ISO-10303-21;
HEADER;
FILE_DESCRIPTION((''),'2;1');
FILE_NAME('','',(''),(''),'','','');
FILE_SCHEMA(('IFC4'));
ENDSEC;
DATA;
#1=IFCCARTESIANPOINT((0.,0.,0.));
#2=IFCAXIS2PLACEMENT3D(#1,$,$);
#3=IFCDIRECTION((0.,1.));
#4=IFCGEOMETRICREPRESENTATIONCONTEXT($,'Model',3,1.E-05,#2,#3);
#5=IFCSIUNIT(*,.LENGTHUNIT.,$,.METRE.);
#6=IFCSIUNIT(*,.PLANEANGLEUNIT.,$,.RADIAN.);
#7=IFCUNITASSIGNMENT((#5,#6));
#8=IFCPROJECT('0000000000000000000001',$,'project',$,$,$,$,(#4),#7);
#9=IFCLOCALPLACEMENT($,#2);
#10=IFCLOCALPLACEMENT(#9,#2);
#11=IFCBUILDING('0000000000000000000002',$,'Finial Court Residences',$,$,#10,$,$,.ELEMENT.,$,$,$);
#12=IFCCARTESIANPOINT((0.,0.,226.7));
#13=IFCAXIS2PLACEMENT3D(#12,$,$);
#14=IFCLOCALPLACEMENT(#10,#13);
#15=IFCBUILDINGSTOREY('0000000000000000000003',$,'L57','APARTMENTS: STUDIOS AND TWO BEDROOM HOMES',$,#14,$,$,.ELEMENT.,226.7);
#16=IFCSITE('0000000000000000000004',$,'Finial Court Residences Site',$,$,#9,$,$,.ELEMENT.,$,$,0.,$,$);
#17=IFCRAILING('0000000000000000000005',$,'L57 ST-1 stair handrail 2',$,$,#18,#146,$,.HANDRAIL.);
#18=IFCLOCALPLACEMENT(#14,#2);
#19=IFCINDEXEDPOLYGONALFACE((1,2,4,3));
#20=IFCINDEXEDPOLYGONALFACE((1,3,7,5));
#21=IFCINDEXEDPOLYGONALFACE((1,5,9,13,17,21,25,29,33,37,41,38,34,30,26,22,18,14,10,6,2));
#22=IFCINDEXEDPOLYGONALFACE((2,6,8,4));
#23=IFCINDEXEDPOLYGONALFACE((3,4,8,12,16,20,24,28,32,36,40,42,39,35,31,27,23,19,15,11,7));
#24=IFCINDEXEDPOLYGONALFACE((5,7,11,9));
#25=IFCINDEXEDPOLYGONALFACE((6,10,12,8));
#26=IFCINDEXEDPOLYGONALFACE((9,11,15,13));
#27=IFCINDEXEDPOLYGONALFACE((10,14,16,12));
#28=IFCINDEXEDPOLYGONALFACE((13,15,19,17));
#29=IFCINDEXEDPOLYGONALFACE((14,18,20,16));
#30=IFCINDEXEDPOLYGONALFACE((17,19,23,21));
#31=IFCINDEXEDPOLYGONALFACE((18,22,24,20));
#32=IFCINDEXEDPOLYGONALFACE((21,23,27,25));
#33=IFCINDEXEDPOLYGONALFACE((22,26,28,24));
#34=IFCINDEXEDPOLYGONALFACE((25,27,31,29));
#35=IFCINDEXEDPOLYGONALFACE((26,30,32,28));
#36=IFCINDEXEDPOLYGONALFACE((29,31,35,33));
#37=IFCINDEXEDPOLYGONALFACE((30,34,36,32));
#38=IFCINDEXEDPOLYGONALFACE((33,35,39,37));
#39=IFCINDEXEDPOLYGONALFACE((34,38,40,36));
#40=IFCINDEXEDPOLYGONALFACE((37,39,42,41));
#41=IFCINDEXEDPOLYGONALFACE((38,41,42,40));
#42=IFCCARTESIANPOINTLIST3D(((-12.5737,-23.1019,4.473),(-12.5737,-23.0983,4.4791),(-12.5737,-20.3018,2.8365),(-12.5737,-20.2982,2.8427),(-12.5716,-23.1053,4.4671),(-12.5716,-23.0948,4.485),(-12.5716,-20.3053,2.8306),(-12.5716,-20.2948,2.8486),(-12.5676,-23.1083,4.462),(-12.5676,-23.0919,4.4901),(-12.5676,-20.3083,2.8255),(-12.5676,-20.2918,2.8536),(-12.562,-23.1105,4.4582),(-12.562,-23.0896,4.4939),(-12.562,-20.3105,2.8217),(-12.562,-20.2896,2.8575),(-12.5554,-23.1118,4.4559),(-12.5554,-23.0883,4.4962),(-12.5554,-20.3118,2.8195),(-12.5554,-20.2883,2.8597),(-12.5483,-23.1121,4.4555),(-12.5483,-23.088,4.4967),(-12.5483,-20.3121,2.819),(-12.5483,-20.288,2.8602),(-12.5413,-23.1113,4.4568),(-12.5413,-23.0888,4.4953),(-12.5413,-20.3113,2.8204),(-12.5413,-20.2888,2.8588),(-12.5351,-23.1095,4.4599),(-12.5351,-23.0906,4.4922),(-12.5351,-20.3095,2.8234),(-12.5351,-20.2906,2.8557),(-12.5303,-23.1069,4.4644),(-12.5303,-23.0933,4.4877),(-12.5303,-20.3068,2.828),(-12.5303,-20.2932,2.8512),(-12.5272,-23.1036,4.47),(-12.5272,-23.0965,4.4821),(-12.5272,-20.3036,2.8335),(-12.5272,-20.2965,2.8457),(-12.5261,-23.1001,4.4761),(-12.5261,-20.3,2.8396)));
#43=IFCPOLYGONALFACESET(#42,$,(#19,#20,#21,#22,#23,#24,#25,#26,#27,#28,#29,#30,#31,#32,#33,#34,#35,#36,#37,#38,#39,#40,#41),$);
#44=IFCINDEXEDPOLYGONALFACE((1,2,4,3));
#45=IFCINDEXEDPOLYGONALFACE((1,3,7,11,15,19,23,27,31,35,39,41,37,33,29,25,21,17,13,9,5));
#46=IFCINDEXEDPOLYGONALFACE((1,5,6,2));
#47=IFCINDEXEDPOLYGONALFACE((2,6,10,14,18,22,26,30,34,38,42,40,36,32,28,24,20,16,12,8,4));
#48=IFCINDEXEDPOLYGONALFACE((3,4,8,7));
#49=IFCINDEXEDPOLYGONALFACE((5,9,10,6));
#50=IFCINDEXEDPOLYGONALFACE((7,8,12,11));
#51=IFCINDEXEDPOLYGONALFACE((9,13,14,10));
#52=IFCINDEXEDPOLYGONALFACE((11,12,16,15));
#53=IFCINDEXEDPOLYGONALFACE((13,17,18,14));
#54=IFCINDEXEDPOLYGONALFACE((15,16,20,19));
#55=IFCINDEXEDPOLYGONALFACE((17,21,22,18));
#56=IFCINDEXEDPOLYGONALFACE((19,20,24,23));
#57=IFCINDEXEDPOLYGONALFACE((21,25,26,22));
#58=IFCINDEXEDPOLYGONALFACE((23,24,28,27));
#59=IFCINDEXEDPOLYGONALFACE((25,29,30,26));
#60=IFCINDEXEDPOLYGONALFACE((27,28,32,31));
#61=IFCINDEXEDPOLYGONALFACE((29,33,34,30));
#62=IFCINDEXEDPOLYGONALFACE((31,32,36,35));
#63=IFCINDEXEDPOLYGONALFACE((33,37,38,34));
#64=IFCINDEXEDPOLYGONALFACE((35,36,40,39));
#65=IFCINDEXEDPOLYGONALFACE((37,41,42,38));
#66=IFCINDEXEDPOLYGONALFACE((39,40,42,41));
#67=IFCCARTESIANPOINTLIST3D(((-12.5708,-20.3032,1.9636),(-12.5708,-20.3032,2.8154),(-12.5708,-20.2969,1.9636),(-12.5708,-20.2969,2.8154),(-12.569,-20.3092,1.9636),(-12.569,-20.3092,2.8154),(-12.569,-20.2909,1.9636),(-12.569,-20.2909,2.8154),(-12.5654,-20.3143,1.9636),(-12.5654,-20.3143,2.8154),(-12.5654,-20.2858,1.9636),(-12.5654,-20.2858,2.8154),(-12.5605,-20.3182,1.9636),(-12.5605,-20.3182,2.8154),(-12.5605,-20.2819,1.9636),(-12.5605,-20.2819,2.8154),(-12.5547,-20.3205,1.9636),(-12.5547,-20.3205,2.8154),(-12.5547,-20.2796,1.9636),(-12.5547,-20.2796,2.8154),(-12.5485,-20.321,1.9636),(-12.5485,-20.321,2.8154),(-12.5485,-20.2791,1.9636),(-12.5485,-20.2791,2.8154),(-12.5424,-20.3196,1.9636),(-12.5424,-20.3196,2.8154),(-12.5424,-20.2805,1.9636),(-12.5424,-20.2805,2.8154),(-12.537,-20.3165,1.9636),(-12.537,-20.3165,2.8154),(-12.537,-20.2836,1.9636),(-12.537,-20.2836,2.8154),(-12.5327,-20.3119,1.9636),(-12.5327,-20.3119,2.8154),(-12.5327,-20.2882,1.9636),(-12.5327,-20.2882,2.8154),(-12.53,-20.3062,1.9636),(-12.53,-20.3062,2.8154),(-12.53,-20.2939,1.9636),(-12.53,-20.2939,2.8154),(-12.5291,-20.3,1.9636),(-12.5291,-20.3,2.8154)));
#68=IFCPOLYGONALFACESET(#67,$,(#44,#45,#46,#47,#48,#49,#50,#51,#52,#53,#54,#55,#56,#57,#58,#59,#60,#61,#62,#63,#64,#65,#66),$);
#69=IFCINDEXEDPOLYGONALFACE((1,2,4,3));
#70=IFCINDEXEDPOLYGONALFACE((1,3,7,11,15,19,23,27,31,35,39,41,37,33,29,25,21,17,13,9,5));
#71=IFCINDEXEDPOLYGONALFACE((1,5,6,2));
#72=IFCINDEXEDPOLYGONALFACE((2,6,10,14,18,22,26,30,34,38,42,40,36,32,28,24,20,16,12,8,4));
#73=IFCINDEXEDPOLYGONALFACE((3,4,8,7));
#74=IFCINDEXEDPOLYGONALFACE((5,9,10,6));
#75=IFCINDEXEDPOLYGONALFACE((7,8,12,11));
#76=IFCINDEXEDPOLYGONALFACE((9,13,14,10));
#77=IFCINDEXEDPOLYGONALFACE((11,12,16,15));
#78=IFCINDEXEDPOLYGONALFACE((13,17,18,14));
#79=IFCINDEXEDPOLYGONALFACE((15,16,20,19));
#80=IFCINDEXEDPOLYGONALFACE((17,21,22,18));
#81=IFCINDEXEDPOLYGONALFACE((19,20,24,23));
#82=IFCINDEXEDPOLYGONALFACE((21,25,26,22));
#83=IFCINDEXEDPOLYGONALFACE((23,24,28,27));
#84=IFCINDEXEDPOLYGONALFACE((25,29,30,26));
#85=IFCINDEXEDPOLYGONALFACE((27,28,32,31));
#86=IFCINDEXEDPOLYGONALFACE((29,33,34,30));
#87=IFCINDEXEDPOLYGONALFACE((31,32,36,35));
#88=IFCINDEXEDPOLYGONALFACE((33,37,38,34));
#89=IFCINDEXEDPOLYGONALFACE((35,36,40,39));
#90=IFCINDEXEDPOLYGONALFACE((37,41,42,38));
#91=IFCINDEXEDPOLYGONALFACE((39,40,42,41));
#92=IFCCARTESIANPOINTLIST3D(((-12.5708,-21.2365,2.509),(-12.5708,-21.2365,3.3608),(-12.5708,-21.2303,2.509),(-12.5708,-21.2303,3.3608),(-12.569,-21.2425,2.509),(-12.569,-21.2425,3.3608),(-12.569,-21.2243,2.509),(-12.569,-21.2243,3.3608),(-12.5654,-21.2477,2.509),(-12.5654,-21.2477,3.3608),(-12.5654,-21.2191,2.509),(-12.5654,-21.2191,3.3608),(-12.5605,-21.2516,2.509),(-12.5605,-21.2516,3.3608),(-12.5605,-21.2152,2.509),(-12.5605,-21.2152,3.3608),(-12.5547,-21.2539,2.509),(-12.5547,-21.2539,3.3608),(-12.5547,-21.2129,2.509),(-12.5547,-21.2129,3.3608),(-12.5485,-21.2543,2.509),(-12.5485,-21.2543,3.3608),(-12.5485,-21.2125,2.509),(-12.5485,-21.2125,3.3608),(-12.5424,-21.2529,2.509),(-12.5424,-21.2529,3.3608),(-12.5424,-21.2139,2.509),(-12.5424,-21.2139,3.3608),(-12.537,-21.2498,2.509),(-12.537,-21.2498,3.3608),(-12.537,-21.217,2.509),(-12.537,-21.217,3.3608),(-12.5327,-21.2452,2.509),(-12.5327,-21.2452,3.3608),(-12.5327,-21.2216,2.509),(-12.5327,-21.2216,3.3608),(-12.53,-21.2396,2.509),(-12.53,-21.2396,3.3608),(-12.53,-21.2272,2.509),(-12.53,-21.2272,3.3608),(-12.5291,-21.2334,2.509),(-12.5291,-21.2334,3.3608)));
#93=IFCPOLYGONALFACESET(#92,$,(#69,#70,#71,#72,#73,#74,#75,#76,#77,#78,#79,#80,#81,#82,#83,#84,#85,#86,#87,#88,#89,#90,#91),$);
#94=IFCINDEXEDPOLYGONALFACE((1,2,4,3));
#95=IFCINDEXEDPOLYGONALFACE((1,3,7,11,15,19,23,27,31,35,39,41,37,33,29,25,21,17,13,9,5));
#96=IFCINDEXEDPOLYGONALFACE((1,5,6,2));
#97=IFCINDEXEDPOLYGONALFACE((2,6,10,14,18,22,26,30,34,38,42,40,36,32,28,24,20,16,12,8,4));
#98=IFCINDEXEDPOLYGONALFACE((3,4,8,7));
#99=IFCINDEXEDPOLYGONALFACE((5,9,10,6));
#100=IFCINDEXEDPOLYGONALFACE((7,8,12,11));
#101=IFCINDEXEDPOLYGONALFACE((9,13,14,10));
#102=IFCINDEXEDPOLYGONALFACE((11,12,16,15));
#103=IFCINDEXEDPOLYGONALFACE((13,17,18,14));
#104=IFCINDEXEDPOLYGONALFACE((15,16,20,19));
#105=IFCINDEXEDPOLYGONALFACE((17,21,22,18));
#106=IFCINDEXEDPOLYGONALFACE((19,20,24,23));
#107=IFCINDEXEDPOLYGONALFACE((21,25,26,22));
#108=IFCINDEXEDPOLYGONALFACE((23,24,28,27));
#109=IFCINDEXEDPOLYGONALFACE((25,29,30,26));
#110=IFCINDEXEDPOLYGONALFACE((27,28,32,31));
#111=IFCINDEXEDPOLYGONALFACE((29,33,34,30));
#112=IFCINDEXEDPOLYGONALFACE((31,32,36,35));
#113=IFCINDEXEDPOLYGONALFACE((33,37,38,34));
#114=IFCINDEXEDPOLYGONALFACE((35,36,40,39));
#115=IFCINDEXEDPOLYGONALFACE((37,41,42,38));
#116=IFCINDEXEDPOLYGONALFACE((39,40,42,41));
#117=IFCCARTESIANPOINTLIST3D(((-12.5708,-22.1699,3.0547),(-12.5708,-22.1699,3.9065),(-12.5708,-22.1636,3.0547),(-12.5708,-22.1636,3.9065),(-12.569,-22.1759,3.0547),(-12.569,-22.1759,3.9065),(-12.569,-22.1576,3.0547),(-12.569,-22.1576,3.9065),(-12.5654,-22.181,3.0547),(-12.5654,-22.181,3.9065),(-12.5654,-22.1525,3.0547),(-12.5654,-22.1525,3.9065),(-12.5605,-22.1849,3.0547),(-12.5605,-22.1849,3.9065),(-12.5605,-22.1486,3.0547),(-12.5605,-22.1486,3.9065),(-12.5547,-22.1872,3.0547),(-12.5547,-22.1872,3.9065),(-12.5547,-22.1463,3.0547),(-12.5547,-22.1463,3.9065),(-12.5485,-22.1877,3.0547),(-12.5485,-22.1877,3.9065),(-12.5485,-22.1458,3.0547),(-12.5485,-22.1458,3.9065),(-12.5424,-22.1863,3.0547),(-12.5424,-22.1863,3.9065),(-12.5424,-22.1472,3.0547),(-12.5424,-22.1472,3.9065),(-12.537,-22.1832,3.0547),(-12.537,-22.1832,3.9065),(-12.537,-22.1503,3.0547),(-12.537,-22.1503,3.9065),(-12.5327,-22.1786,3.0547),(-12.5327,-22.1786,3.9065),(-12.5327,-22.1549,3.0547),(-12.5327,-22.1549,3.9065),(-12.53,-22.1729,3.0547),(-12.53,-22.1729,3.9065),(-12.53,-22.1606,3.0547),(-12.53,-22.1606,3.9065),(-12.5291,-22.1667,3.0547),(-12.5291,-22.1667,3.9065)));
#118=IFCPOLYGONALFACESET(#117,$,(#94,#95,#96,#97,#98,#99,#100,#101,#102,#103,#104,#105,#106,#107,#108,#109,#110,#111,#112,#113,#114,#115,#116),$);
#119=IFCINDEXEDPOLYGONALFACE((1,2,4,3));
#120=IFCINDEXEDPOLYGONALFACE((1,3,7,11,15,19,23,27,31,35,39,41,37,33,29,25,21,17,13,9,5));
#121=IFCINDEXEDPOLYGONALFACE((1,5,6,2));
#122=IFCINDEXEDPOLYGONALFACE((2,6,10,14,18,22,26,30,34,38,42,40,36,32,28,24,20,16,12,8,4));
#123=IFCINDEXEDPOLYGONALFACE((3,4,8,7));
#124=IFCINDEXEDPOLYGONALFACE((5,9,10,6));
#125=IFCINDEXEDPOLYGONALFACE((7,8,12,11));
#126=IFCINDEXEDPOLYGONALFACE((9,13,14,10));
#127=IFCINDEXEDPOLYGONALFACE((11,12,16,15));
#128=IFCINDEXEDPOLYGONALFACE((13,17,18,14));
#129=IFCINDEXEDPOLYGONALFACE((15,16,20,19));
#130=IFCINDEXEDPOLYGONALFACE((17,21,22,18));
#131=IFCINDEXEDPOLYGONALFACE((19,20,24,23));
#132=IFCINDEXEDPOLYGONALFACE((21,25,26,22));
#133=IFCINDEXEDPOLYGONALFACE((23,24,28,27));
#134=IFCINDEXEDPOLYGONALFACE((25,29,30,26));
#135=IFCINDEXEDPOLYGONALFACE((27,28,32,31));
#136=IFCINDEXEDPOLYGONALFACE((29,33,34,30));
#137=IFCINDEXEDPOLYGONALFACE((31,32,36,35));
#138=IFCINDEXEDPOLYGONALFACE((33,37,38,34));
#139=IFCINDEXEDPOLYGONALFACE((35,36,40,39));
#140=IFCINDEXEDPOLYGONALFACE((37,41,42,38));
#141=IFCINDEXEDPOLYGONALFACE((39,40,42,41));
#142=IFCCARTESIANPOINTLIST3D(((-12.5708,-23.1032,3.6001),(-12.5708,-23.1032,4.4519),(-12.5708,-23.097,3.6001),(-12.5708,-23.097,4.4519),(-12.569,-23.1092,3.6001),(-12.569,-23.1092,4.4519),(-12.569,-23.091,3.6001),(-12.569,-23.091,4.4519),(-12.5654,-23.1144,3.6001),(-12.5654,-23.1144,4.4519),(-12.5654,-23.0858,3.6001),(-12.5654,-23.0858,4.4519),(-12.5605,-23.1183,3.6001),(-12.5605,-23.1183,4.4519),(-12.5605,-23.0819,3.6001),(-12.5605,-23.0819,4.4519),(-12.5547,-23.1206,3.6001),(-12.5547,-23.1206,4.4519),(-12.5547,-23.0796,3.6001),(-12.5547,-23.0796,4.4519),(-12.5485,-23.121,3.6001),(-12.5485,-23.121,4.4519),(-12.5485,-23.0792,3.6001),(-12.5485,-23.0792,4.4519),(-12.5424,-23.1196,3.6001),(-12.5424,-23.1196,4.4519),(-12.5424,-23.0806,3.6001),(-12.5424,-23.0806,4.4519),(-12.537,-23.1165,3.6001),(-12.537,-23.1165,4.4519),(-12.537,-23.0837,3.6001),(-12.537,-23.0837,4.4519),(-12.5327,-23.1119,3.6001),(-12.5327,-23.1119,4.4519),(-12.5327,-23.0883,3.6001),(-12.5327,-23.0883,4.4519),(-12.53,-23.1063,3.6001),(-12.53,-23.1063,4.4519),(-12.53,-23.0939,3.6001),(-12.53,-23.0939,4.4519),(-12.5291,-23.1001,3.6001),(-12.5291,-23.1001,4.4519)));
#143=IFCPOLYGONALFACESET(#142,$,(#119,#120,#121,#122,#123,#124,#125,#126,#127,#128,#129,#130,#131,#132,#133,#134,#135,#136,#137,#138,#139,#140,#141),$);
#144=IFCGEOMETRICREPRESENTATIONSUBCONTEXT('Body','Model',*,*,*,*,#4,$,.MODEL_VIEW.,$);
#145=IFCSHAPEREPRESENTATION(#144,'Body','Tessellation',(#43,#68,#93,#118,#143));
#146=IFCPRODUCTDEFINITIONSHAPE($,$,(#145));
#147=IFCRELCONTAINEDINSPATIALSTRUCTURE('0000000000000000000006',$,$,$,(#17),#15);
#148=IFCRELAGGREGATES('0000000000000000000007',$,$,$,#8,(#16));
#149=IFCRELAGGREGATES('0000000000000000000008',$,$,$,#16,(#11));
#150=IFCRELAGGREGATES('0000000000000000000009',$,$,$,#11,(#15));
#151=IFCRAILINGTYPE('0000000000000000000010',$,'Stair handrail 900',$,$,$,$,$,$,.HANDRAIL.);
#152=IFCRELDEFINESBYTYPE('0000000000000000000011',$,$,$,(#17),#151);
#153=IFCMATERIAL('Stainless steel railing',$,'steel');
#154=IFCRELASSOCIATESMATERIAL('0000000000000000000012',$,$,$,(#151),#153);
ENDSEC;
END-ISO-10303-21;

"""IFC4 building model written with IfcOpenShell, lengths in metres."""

from ifc_helpers import new_model, si_unit, direction, frame, origin, origin_2d, place, context, subcontext, project, spatial, circle, extrude, material, type_object, element, save


model = new_model("IFC4")

# Units and contexts
model_context = context("Model", 3, precision=1e-05, world=origin(), true_north=direction((0.0, 1.0)))
body_context = subcontext(model_context, "Body", "Model", "MODEL_VIEW")
ifc_project = project(units=[si_unit("LENGTHUNIT", "METRE"), si_unit("PLANEANGLEUNIT", "RADIAN")], contexts=[model_context])

# Site, building, storey
site_placement = place(None, origin())
site = spatial("IfcSite", under=ifc_project, at=site_placement, Name="Finial Court Residences Site", CompositionType="ELEMENT", RefElevation=0.0)
building_placement = place(site_placement, origin())
building = spatial("IfcBuilding", under=site, at=building_placement, Name="Finial Court Residences", CompositionType="ELEMENT")
storey_placement = place(building_placement, frame((0.0, 0.0, 226.7)))
storey = spatial("IfcBuildingStorey", under=building, at=storey_placement, Name="L57", Description="APARTMENTS: STUDIOS AND TWO BEDROOM HOMES", CompositionType="ELEMENT", Elevation=226.7)

# Railing
ifc_material_1 = material(Name="Stainless steel railing", Category="steel")
railing_type_1 = type_object("IfcRailingType", Name="Stair handrail 900", PredefinedType="HANDRAIL", material=ifc_material_1)
railing_1_placement = place(storey_placement, frame((-12.55, -20.3, 1.9636)))
element("IfcRailing", 1, at=railing_1_placement, inside=storey, type_object=railing_type_1, Name="L57 ST-1 stair handrail 2", PredefinedType="HANDRAIL", context=body_context, shape_type="SweptSolid", body=[
    extrude(circle(Radius=0.0239, at=origin_2d()), frame((0.0, 0.0, 0.876), z_axis=(0.0, -0.863361, 0.504587), x_axis=(1.0, 0.0, 0.0)), (0.0, 0.0, 1.0), 3.2432),
    extrude(circle(Radius=0.021, at=origin_2d()), origin(), (0.0, 0.0, 1.0), 0.8518),
    extrude(circle(Radius=0.021, at=origin_2d()), frame((0.0, -0.9333, 0.5454)), (0.0, 0.0, 1.0), 0.8518),
    extrude(circle(Radius=0.021, at=origin_2d()), frame((0.0, -1.8667, 1.0911)), (0.0, 0.0, 1.0), 0.8518),
    extrude(circle(Radius=0.021, at=origin_2d()), frame((0.0, -2.8, 1.6365)), (0.0, 0.0, 1.0), 0.8518),
])

save(model, "model.ifc")
